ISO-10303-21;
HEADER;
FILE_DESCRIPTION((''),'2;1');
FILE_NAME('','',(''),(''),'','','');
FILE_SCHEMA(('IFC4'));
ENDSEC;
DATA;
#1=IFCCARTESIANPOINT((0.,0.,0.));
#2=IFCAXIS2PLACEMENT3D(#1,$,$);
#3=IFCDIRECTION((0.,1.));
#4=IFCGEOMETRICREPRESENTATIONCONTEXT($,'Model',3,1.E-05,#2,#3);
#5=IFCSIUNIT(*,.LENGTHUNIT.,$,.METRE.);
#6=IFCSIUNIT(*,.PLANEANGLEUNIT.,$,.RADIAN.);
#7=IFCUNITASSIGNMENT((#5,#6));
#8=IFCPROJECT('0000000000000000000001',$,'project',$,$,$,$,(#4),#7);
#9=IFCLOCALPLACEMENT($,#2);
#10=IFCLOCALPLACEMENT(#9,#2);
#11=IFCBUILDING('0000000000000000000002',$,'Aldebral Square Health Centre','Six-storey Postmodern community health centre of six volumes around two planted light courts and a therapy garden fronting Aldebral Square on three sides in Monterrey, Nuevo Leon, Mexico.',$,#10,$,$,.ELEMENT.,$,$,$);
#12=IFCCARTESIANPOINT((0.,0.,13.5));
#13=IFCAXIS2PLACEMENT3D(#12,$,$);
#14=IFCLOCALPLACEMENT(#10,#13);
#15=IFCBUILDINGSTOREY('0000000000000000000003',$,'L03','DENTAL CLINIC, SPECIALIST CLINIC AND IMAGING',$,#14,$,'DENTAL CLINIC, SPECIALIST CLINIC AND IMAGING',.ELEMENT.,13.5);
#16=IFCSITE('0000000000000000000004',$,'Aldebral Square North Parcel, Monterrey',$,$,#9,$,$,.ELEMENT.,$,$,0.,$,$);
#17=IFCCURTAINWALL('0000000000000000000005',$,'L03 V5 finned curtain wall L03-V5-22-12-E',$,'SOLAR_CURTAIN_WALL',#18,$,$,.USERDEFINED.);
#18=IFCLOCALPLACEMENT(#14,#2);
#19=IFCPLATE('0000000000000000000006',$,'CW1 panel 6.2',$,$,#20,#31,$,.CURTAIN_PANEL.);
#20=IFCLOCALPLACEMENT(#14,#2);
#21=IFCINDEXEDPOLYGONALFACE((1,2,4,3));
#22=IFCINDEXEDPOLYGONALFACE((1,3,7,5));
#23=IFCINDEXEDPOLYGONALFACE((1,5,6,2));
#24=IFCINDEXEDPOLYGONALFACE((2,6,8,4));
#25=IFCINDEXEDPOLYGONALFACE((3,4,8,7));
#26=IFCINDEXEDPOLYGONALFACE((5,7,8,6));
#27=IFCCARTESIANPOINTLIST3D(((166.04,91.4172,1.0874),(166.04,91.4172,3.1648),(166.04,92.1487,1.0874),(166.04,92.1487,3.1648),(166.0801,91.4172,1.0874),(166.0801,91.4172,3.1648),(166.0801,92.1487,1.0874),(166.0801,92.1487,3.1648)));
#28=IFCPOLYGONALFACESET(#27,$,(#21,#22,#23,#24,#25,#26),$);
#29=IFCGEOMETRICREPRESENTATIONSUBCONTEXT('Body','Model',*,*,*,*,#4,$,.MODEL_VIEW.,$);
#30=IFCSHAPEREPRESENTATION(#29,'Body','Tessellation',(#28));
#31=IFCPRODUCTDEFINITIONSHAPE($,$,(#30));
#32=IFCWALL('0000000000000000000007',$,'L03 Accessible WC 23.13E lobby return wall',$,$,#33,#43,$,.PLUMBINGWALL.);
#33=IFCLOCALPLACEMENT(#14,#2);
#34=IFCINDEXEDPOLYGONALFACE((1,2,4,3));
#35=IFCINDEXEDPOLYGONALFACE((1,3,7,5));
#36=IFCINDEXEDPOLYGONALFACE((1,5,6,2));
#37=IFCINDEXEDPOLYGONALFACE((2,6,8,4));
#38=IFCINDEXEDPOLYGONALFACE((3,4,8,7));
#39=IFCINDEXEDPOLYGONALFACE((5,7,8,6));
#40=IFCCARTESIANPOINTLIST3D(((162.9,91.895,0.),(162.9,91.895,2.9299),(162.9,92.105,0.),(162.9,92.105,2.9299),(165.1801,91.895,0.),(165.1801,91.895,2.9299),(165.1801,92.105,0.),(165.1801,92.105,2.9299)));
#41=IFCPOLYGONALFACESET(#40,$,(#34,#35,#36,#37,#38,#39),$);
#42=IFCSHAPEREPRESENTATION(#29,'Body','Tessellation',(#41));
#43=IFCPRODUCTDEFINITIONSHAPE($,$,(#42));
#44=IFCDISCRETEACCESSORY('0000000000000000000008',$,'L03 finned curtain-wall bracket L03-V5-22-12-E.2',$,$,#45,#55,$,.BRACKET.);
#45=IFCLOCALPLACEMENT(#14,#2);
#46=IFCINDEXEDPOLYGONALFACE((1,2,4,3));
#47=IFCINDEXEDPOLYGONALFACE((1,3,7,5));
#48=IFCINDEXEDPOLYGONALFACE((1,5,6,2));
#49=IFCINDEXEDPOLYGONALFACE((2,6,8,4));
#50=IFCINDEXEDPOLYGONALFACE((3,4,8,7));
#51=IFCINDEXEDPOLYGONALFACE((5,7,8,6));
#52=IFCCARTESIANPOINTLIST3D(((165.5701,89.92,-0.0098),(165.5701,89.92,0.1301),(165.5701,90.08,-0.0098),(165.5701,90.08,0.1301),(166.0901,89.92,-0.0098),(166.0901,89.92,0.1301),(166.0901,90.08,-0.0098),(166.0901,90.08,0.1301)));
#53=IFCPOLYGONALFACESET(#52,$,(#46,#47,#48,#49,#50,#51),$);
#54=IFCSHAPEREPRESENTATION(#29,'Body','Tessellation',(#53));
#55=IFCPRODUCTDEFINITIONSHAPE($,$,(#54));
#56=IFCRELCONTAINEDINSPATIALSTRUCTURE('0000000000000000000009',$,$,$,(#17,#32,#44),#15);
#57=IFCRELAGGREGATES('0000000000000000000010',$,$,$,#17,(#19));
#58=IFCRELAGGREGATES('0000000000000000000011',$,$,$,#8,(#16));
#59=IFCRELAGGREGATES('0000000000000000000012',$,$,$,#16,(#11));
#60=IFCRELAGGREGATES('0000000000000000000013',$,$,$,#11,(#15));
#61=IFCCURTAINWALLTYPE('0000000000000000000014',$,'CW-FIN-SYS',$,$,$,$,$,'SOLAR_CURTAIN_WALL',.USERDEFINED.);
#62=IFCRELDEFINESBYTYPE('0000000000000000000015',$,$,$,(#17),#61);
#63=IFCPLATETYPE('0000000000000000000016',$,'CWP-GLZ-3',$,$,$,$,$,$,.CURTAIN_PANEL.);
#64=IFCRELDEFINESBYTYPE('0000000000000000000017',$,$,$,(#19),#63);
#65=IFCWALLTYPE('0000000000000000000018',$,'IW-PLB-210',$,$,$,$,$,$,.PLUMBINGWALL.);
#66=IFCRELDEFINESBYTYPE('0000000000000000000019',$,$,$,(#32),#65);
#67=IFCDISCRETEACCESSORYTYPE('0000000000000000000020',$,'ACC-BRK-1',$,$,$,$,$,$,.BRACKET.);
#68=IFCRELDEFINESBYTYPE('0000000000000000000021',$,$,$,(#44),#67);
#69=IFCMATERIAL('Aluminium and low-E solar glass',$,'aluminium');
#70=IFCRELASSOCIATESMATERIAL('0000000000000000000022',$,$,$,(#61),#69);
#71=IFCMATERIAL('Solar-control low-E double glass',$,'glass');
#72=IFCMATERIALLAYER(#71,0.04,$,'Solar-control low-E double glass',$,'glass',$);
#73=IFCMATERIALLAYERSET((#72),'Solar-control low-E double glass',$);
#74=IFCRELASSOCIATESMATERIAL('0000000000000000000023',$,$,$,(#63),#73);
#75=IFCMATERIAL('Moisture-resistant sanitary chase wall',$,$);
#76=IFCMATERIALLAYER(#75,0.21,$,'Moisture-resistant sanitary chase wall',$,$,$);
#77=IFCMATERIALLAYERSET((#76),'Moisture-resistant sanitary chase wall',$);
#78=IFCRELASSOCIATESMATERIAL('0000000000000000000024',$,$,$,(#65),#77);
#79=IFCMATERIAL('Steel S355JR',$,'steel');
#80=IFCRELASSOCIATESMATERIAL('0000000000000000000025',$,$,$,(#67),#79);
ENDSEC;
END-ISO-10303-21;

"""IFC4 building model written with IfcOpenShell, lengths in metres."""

from ifc_helpers import new_model, si_unit, direction, frame, frame_2d, origin, origin_2d, place, context, subcontext, project, spatial, rectangle, extrude, material, layer, layer_set, type_object, element, aggregate, save


model = new_model("IFC4")

# Units and contexts
model_context = context("Model", 3, precision=1e-05, world=origin(), true_north=direction((0.0, 1.0)))
body_context = subcontext(model_context, "Body", "Model", "MODEL_VIEW")
ifc_project = project(units=[si_unit("LENGTHUNIT", "METRE"), si_unit("PLANEANGLEUNIT", "RADIAN")], contexts=[model_context])

# Site, building, storey
site_placement = place(None, origin())
site = spatial("IfcSite", under=ifc_project, at=site_placement, Name="Aldebral Square North Parcel, Monterrey", CompositionType="ELEMENT", RefElevation=0.0)
building_placement = place(site_placement, origin())
building = spatial("IfcBuilding", under=site, at=building_placement, Name="Aldebral Square Health Centre", Description="Six-storey Postmodern community health centre of six volumes around two planted light courts and a therapy garden fronting Aldebral Square on three sides in Monterrey, Nuevo Leon, Mexico.", CompositionType="ELEMENT")
storey_placement = place(building_placement, frame((0.0, 0.0, 13.5)))
storey = spatial("IfcBuildingStorey", under=building, at=storey_placement, Name="L03", Description="DENTAL CLINIC, SPECIALIST CLINIC AND IMAGING", LongName="DENTAL CLINIC, SPECIALIST CLINIC AND IMAGING", CompositionType="ELEMENT", Elevation=13.5)

# Curtain wall, plate
ifc_material_1 = material(Name="Aluminium and low-E solar glass", Category="aluminium")
curtain_wall_type = type_object("IfcCurtainWallType", Name="CW-FIN-SYS", ElementType="SOLAR_CURTAIN_WALL", PredefinedType="USERDEFINED", material=ifc_material_1)
curtain_wall_placement = place(storey_placement, origin())
curtain_wall = element("IfcCurtainWall", 1, at=curtain_wall_placement, inside=storey, type_object=curtain_wall_type, Name="L03 V5 finned curtain wall L03-V5-22-12-E", ObjectType="SOLAR_CURTAIN_WALL", PredefinedType="USERDEFINED")
ifc_material_2 = material(Name="Solar-control low-E double glass", Category="glass")
ifc_layer_1 = layer(ifc_material_2, 0.04, Name="Solar-control low-E double glass", Category="glass")
ifc_layer_set_1 = layer_set([ifc_layer_1], Name="Solar-control low-E double glass")
plate_type = type_object("IfcPlateType", Name="CWP-GLZ-3", PredefinedType="CURTAIN_PANEL", material=ifc_layer_set_1)
plate_1_placement = place(storey_placement, frame((166.0601, 91.783, 1.0874), z_axis=(0.0, 0.0, 1.0), x_axis=(0.0, 1.0, 0.0)))
plate_1 = element("IfcPlate", 2, at=plate_1_placement, type_object=plate_type, Name="CW1 panel 6.2", PredefinedType="CURTAIN_PANEL", context=body_context, shape_type="SweptSolid", body=[
    extrude(rectangle(XDim=0.7314, YDim=0.04, at=origin_2d()), origin(), (0.0, 0.0, 1.0), 2.0774),
])
aggregate(curtain_wall, [plate_1])

# Wall
ifc_material_3 = material(Name="Moisture-resistant sanitary chase wall")
ifc_layer_2 = layer(ifc_material_3, 0.21, Name="Moisture-resistant sanitary chase wall")
ifc_layer_set_2 = layer_set([ifc_layer_2], Name="Moisture-resistant sanitary chase wall")
wall_type = type_object("IfcWallType", Name="IW-PLB-210", PredefinedType="PLUMBINGWALL", material=ifc_layer_set_2)
wall_placement = place(storey_placement, frame((162.8999, 92.0, 0.0), z_axis=(0.0, 0.0, 1.0), x_axis=(1.0, 0.0, 0.0)))
element("IfcWall", 3, at=wall_placement, inside=storey, type_object=wall_type, Name="L03 Accessible WC 23.13E lobby return wall", PredefinedType="PLUMBINGWALL", context=body_context, shape_type="SweptSolid", body=[
    extrude(rectangle(XDim=2.28, YDim=0.21, at=frame_2d((1.1401, 0.0))), origin(), (0.0, 0.0, 1.0), 2.9299),
])

# Discrete accessory
ifc_material_4 = material(Name="Steel S355JR", Category="steel")
discrete_accessory_type = type_object("IfcDiscreteAccessoryType", Name="ACC-BRK-1", PredefinedType="BRACKET", material=ifc_material_4)
discrete_accessory_placement = place(storey_placement, frame((165.8301, 90.0, -0.0098), z_axis=(0.0, 0.0, 1.0), x_axis=(0.0, 1.0, 0.0)))
element("IfcDiscreteAccessory", 4, at=discrete_accessory_placement, inside=storey, type_object=discrete_accessory_type, Name="L03 finned curtain-wall bracket L03-V5-22-12-E.2", PredefinedType="BRACKET", context=body_context, shape_type="SweptSolid", body=[
    extrude(rectangle(XDim=0.1599, YDim=0.52, at=origin_2d()), origin(), (0.0, 0.0, 1.0), 0.1399),
])

save(model, "model.ifc")
